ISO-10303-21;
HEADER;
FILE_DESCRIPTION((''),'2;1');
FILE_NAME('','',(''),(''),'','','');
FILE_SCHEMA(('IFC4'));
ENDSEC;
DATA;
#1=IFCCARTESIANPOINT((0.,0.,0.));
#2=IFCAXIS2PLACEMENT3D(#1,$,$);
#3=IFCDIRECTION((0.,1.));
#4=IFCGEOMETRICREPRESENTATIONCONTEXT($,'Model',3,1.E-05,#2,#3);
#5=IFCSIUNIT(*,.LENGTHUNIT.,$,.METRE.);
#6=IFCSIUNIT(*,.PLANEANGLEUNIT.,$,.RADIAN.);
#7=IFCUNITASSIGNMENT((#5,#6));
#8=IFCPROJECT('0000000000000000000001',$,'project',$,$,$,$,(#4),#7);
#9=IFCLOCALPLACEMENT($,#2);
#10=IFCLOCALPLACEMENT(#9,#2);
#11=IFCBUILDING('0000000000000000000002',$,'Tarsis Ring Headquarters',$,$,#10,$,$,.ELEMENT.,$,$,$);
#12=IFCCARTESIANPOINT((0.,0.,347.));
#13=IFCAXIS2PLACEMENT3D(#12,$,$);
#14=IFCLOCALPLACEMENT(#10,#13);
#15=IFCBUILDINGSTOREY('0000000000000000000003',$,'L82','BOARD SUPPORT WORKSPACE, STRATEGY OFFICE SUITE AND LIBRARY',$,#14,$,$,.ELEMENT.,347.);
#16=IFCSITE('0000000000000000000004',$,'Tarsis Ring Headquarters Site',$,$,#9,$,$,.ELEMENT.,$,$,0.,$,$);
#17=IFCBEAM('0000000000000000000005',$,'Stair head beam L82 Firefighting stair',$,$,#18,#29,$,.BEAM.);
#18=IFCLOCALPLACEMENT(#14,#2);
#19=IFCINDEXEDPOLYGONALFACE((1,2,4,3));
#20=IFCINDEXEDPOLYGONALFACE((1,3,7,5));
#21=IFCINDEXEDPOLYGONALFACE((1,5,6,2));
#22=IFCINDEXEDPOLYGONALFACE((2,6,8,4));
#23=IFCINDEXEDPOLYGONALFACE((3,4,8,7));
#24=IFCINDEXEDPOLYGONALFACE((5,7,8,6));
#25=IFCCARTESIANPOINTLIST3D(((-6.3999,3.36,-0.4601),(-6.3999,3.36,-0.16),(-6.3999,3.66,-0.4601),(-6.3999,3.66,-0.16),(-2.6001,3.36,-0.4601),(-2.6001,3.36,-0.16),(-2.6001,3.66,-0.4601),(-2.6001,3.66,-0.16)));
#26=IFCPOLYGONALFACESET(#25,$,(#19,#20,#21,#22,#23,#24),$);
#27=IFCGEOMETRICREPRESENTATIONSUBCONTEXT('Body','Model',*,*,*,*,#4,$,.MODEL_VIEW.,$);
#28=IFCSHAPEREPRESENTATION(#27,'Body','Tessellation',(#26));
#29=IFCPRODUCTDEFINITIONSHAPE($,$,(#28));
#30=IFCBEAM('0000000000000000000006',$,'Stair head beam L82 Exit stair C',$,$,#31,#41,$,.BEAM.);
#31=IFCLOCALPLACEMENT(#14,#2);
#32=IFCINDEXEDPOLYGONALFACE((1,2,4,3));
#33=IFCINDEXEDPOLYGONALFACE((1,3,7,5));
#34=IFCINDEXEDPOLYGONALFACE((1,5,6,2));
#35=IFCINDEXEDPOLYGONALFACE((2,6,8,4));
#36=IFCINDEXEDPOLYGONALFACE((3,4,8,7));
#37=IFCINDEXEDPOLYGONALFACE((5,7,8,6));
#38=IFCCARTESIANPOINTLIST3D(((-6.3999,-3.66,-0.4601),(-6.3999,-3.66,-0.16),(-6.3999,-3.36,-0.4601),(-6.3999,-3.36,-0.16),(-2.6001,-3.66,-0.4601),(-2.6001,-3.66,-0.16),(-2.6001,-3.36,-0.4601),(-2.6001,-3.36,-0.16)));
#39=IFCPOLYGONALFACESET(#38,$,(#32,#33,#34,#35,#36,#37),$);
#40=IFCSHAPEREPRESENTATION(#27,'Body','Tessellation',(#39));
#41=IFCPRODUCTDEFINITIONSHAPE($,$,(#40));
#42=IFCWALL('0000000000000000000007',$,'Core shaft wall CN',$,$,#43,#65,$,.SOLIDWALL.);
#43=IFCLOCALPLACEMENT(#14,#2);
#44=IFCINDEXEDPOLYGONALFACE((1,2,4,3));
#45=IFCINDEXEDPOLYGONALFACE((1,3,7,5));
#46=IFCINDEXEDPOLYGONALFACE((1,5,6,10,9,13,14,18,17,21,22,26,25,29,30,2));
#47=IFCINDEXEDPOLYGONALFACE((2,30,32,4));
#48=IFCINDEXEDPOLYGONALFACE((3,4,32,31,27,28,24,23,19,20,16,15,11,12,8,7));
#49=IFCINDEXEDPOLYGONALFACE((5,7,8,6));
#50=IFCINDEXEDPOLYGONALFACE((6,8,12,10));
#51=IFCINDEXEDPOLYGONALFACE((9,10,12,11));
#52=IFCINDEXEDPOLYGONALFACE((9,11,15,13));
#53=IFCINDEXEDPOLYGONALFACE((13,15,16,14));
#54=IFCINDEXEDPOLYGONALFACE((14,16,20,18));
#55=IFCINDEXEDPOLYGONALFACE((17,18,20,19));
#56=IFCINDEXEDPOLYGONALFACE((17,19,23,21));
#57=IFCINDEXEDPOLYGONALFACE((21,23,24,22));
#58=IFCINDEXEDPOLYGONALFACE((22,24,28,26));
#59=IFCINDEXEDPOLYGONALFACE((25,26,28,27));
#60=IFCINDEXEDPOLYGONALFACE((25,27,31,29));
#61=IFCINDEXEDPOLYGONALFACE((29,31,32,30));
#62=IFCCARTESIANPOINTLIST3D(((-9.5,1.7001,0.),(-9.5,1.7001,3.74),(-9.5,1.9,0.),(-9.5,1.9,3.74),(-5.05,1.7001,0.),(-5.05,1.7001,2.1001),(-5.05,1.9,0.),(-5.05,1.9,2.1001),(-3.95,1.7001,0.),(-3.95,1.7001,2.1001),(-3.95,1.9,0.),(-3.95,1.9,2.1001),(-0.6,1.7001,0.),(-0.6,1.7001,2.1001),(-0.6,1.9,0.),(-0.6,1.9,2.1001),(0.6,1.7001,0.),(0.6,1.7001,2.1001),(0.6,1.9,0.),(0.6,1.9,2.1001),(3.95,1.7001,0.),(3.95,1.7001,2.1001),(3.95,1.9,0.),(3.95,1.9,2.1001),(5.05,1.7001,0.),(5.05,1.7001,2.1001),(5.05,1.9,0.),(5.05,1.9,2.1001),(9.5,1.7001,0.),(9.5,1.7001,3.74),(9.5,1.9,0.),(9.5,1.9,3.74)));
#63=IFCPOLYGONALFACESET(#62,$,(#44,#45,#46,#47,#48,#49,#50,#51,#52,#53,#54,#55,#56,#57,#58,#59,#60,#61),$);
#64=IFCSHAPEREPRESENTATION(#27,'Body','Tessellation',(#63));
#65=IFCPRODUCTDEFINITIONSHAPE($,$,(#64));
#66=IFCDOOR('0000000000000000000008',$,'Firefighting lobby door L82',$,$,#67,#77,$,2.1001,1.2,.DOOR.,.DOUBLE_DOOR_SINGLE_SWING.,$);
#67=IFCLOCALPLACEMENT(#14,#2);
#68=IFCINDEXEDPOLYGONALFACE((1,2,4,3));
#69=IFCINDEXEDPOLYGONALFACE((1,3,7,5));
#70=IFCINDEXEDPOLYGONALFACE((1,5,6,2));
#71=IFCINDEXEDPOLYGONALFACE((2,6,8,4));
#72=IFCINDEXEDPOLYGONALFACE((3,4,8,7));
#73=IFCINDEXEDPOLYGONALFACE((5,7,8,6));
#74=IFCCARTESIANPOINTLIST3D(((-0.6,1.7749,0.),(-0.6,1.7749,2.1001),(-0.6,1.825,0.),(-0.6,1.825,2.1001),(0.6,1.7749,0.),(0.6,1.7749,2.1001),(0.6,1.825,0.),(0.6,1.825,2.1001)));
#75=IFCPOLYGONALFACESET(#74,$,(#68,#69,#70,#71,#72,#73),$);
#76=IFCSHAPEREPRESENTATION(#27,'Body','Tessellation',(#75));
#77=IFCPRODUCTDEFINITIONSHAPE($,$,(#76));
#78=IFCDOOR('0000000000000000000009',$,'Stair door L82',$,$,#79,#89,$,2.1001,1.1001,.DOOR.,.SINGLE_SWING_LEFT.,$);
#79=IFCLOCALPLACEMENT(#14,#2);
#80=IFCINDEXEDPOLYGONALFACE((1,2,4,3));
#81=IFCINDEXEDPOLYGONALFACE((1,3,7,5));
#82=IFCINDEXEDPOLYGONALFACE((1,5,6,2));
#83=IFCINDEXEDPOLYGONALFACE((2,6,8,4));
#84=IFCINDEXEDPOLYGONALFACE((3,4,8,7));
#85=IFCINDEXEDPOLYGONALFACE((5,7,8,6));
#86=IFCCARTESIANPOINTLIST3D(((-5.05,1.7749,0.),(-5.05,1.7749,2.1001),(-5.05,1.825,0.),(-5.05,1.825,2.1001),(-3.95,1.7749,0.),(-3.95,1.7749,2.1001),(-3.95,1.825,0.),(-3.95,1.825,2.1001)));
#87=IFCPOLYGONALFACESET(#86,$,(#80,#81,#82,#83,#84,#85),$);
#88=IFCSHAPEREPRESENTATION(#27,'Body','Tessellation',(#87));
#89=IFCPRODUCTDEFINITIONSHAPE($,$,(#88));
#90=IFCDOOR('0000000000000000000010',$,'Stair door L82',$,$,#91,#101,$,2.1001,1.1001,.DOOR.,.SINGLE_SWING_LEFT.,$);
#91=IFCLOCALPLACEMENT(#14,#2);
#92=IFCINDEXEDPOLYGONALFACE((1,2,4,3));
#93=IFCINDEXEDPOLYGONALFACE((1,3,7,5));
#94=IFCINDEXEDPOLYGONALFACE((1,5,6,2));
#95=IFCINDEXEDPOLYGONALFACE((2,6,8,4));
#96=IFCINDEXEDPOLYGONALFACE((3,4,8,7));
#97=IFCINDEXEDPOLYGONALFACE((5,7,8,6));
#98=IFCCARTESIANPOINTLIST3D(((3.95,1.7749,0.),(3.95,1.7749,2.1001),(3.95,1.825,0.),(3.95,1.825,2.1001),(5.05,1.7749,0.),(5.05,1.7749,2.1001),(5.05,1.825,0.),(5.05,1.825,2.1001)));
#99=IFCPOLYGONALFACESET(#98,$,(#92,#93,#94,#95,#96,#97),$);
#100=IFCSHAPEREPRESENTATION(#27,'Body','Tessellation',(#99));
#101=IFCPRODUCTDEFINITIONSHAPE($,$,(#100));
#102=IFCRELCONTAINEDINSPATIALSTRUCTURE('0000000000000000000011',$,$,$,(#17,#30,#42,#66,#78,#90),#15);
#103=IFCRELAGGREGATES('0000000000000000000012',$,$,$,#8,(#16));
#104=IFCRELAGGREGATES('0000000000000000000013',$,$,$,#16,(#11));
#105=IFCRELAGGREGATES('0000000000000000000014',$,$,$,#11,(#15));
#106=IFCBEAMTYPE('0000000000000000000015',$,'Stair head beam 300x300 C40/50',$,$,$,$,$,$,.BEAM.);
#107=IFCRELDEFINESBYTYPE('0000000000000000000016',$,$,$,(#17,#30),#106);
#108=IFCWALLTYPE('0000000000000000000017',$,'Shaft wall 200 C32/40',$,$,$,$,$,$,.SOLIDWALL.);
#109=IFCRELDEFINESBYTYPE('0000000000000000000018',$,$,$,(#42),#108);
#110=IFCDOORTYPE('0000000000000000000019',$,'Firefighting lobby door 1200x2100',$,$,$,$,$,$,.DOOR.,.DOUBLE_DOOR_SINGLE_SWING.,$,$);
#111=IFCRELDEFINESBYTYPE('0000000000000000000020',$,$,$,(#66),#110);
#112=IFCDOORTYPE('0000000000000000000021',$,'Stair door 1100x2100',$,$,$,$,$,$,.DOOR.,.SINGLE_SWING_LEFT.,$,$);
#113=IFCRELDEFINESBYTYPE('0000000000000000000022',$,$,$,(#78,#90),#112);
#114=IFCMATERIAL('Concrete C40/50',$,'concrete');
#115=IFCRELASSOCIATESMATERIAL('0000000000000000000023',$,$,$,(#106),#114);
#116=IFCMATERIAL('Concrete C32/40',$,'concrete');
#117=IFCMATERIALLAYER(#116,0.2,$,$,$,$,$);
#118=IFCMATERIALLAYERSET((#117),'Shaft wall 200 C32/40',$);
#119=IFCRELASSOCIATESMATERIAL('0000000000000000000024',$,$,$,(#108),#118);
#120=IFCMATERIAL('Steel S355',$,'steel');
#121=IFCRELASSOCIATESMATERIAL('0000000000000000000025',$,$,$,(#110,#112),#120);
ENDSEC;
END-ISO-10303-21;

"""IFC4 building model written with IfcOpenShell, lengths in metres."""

from ifc_helpers import new_model, si_unit, direction, frame, frame_2d, origin, origin_2d, place, context, subcontext, project, spatial, rectangle, extrude, material, layer, layer_set, material_profile, profile_set, type_object, element, fill, save


model = new_model("IFC4")

# Units and contexts
model_context = context("Model", 3, precision=1e-05, world=origin(), true_north=direction((0.0, 1.0)))
body_context = subcontext(model_context, "Body", "Model", "MODEL_VIEW")
ifc_project = project(units=[si_unit("LENGTHUNIT", "METRE"), si_unit("PLANEANGLEUNIT", "RADIAN")], contexts=[model_context])

# Site, building, storey
site_placement = place(None, origin())
site = spatial("IfcSite", under=ifc_project, at=site_placement, Name="Tarsis Ring Headquarters Site", CompositionType="ELEMENT", RefElevation=0.0)
building_placement = place(site_placement, origin())
building = spatial("IfcBuilding", under=site, at=building_placement, Name="Tarsis Ring Headquarters", CompositionType="ELEMENT")
storey_placement = place(building_placement, frame((0.0, 0.0, 347.0)))
storey = spatial("IfcBuildingStorey", under=building, at=storey_placement, Name="L82", Description="BOARD SUPPORT WORKSPACE, STRATEGY OFFICE SUITE AND LIBRARY", CompositionType="ELEMENT", Elevation=347.0)

# Beams
ifc_material_1 = material(Name="Concrete C40/50", Category="concrete")
ifc_material_profile = material_profile(ifc_material_1, rectangle(XDim=0.3, YDim=0.3, at=origin_2d()), Name="Stair head beam 300x300 C40/50")
ifc_profile_set = profile_set([ifc_material_profile], Name="Concrete C40/50")
beam_type = type_object("IfcBeamType", Name="Stair head beam 300x300 C40/50", PredefinedType="BEAM", material=ifc_profile_set)
for number, where, z_axis, x_axis, name in (
    (1, (-6.3999, 3.51, -0.3101), (1.0, 0.0, 0.0), (0.0, 1.0, 0.0), "Stair head beam L82 Firefighting stair"),
    (2, (-6.3999, -3.51, -0.3101), (1.0, 0.0, 0.0), (0.0, 1.0, 0.0), "Stair head beam L82 Exit stair C"),
):
    element("IfcBeam", number, at=place(storey_placement, frame(where, z_axis=z_axis, x_axis=x_axis)), inside=storey, type_object=beam_type, Name=name, PredefinedType="BEAM", context=body_context, shape_type="SweptSolid", body=[
        extrude(rectangle(XDim=0.3, YDim=0.3, at=origin_2d()), origin(), (0.0, 0.0, 1.0), 3.7998),
    ])

# Wall, openings, doors
ifc_material_2 = material(Name="Concrete C32/40", Category="concrete")
ifc_layer = layer(ifc_material_2, 0.2)
ifc_layer_set = layer_set([ifc_layer], Name="Shaft wall 200 C32/40")
wall_type = type_object("IfcWallType", Name="Shaft wall 200 C32/40", PredefinedType="SOLIDWALL", material=ifc_layer_set)
wall_1_placement = place(storey_placement, frame((-9.5, 1.8, 0.0), z_axis=(0.0, 0.0, 1.0), x_axis=(1.0, 0.0, 0.0)))
wall_1 = element("IfcWall", 3, at=wall_1_placement, inside=storey, type_object=wall_type, Name="Core shaft wall CN", PredefinedType="SOLIDWALL", context=body_context, shape_type="SweptSolid", body=[
    extrude(rectangle(XDim=19.0, YDim=0.2, at=frame_2d((9.5, 0.0))), origin(), (0.0, 0.0, 1.0), 3.74),
])
opening_1_placement = place(wall_1_placement, frame((4.45, 0.0, 0.0)))
opening_1 = element("IfcOpeningElement", 4, at=opening_1_placement, cuts=wall_1, PredefinedType="OPENING", context=body_context, shape_type="SweptSolid", body=[
    extrude(rectangle(XDim=1.1001, YDim=2.1001, at=frame_2d((0.55, 1.05))), frame((0.0, 0.1099, 0.0), z_axis=(0.0, -1.0, 0.0), x_axis=(1.0, 0.0, 0.0)), (0.0, 0.0, 1.0), 0.22),
])
opening_2_placement = place(wall_1_placement, frame((8.8999, 0.0, 0.0)))
opening_2 = element("IfcOpeningElement", 5, at=opening_2_placement, cuts=wall_1, PredefinedType="OPENING", context=body_context, shape_type="SweptSolid", body=[
    extrude(rectangle(XDim=1.2, YDim=2.1001, at=frame_2d((0.6001, 1.05))), frame((0.0, 0.1099, 0.0), z_axis=(0.0, -1.0, 0.0), x_axis=(1.0, 0.0, 0.0)), (0.0, 0.0, 1.0), 0.22),
])
opening_3_placement = place(wall_1_placement, frame((13.45, 0.0, 0.0)))
opening_3 = element("IfcOpeningElement", 6, at=opening_3_placement, cuts=wall_1, PredefinedType="OPENING", context=body_context, shape_type="SweptSolid", body=[
    extrude(rectangle(XDim=1.1001, YDim=2.1001, at=frame_2d((0.55, 1.05))), frame((0.0, 0.1099, 0.0), z_axis=(0.0, -1.0, 0.0), x_axis=(1.0, 0.0, 0.0)), (0.0, 0.0, 1.0), 0.22),
])
ifc_material_3 = material(Name="Steel S355", Category="steel")
door_type_1 = type_object("IfcDoorType", Name="Firefighting lobby door 1200x2100", OperationType="DOUBLE_DOOR_SINGLE_SWING", PredefinedType="DOOR", material=ifc_material_3)
door_1_placement = place(opening_2_placement, origin())
door_1 = element("IfcDoor", 7, at=door_1_placement, inside=storey, type_object=door_type_1, Name="Firefighting lobby door L82", OperationType="DOUBLE_DOOR_SINGLE_SWING", OverallHeight=2.1001, OverallWidth=1.2, PredefinedType="DOOR", context=body_context, shape_type="SweptSolid", body=[
    extrude(rectangle(XDim=1.2, YDim=2.1001, at=frame_2d((0.6001, 1.05))), frame((0.0, 0.0249, 0.0), z_axis=(0.0, -1.0, 0.0), x_axis=(1.0, 0.0, 0.0)), (0.0, 0.0, 1.0), 0.05),
])
fill(opening_2, door_1)
door_type_2 = type_object("IfcDoorType", Name="Stair door 1100x2100", OperationType="SINGLE_SWING_LEFT", PredefinedType="DOOR", material=ifc_material_3)
door_2_placement = place(opening_1_placement, origin())
door_2 = element("IfcDoor", 8, at=door_2_placement, inside=storey, type_object=door_type_2, Name="Stair door L82", OperationType="SINGLE_SWING_LEFT", OverallHeight=2.1001, OverallWidth=1.1001, PredefinedType="DOOR", context=body_context, shape_type="SweptSolid", body=[
    extrude(rectangle(XDim=1.1001, YDim=2.1001, at=frame_2d((0.55, 1.05))), frame((0.0, 0.0249, 0.0), z_axis=(0.0, -1.0, 0.0), x_axis=(1.0, 0.0, 0.0)), (0.0, 0.0, 1.0), 0.05),
])
fill(opening_1, door_2)
door_3_placement = place(opening_3_placement, origin())
door_3 = element("IfcDoor", 9, at=door_3_placement, inside=storey, type_object=door_type_2, Name="Stair door L82", OperationType="SINGLE_SWING_LEFT", OverallHeight=2.1001, OverallWidth=1.1001, PredefinedType="DOOR", context=body_context, shape_type="SweptSolid", body=[
    extrude(rectangle(XDim=1.1001, YDim=2.1001, at=frame_2d((0.55, 1.05))), frame((0.0, 0.0249, 0.0), z_axis=(0.0, -1.0, 0.0), x_axis=(1.0, 0.0, 0.0)), (0.0, 0.0, 1.0), 0.05),
])
fill(opening_3, door_3)

save(model, "model.ifc")
